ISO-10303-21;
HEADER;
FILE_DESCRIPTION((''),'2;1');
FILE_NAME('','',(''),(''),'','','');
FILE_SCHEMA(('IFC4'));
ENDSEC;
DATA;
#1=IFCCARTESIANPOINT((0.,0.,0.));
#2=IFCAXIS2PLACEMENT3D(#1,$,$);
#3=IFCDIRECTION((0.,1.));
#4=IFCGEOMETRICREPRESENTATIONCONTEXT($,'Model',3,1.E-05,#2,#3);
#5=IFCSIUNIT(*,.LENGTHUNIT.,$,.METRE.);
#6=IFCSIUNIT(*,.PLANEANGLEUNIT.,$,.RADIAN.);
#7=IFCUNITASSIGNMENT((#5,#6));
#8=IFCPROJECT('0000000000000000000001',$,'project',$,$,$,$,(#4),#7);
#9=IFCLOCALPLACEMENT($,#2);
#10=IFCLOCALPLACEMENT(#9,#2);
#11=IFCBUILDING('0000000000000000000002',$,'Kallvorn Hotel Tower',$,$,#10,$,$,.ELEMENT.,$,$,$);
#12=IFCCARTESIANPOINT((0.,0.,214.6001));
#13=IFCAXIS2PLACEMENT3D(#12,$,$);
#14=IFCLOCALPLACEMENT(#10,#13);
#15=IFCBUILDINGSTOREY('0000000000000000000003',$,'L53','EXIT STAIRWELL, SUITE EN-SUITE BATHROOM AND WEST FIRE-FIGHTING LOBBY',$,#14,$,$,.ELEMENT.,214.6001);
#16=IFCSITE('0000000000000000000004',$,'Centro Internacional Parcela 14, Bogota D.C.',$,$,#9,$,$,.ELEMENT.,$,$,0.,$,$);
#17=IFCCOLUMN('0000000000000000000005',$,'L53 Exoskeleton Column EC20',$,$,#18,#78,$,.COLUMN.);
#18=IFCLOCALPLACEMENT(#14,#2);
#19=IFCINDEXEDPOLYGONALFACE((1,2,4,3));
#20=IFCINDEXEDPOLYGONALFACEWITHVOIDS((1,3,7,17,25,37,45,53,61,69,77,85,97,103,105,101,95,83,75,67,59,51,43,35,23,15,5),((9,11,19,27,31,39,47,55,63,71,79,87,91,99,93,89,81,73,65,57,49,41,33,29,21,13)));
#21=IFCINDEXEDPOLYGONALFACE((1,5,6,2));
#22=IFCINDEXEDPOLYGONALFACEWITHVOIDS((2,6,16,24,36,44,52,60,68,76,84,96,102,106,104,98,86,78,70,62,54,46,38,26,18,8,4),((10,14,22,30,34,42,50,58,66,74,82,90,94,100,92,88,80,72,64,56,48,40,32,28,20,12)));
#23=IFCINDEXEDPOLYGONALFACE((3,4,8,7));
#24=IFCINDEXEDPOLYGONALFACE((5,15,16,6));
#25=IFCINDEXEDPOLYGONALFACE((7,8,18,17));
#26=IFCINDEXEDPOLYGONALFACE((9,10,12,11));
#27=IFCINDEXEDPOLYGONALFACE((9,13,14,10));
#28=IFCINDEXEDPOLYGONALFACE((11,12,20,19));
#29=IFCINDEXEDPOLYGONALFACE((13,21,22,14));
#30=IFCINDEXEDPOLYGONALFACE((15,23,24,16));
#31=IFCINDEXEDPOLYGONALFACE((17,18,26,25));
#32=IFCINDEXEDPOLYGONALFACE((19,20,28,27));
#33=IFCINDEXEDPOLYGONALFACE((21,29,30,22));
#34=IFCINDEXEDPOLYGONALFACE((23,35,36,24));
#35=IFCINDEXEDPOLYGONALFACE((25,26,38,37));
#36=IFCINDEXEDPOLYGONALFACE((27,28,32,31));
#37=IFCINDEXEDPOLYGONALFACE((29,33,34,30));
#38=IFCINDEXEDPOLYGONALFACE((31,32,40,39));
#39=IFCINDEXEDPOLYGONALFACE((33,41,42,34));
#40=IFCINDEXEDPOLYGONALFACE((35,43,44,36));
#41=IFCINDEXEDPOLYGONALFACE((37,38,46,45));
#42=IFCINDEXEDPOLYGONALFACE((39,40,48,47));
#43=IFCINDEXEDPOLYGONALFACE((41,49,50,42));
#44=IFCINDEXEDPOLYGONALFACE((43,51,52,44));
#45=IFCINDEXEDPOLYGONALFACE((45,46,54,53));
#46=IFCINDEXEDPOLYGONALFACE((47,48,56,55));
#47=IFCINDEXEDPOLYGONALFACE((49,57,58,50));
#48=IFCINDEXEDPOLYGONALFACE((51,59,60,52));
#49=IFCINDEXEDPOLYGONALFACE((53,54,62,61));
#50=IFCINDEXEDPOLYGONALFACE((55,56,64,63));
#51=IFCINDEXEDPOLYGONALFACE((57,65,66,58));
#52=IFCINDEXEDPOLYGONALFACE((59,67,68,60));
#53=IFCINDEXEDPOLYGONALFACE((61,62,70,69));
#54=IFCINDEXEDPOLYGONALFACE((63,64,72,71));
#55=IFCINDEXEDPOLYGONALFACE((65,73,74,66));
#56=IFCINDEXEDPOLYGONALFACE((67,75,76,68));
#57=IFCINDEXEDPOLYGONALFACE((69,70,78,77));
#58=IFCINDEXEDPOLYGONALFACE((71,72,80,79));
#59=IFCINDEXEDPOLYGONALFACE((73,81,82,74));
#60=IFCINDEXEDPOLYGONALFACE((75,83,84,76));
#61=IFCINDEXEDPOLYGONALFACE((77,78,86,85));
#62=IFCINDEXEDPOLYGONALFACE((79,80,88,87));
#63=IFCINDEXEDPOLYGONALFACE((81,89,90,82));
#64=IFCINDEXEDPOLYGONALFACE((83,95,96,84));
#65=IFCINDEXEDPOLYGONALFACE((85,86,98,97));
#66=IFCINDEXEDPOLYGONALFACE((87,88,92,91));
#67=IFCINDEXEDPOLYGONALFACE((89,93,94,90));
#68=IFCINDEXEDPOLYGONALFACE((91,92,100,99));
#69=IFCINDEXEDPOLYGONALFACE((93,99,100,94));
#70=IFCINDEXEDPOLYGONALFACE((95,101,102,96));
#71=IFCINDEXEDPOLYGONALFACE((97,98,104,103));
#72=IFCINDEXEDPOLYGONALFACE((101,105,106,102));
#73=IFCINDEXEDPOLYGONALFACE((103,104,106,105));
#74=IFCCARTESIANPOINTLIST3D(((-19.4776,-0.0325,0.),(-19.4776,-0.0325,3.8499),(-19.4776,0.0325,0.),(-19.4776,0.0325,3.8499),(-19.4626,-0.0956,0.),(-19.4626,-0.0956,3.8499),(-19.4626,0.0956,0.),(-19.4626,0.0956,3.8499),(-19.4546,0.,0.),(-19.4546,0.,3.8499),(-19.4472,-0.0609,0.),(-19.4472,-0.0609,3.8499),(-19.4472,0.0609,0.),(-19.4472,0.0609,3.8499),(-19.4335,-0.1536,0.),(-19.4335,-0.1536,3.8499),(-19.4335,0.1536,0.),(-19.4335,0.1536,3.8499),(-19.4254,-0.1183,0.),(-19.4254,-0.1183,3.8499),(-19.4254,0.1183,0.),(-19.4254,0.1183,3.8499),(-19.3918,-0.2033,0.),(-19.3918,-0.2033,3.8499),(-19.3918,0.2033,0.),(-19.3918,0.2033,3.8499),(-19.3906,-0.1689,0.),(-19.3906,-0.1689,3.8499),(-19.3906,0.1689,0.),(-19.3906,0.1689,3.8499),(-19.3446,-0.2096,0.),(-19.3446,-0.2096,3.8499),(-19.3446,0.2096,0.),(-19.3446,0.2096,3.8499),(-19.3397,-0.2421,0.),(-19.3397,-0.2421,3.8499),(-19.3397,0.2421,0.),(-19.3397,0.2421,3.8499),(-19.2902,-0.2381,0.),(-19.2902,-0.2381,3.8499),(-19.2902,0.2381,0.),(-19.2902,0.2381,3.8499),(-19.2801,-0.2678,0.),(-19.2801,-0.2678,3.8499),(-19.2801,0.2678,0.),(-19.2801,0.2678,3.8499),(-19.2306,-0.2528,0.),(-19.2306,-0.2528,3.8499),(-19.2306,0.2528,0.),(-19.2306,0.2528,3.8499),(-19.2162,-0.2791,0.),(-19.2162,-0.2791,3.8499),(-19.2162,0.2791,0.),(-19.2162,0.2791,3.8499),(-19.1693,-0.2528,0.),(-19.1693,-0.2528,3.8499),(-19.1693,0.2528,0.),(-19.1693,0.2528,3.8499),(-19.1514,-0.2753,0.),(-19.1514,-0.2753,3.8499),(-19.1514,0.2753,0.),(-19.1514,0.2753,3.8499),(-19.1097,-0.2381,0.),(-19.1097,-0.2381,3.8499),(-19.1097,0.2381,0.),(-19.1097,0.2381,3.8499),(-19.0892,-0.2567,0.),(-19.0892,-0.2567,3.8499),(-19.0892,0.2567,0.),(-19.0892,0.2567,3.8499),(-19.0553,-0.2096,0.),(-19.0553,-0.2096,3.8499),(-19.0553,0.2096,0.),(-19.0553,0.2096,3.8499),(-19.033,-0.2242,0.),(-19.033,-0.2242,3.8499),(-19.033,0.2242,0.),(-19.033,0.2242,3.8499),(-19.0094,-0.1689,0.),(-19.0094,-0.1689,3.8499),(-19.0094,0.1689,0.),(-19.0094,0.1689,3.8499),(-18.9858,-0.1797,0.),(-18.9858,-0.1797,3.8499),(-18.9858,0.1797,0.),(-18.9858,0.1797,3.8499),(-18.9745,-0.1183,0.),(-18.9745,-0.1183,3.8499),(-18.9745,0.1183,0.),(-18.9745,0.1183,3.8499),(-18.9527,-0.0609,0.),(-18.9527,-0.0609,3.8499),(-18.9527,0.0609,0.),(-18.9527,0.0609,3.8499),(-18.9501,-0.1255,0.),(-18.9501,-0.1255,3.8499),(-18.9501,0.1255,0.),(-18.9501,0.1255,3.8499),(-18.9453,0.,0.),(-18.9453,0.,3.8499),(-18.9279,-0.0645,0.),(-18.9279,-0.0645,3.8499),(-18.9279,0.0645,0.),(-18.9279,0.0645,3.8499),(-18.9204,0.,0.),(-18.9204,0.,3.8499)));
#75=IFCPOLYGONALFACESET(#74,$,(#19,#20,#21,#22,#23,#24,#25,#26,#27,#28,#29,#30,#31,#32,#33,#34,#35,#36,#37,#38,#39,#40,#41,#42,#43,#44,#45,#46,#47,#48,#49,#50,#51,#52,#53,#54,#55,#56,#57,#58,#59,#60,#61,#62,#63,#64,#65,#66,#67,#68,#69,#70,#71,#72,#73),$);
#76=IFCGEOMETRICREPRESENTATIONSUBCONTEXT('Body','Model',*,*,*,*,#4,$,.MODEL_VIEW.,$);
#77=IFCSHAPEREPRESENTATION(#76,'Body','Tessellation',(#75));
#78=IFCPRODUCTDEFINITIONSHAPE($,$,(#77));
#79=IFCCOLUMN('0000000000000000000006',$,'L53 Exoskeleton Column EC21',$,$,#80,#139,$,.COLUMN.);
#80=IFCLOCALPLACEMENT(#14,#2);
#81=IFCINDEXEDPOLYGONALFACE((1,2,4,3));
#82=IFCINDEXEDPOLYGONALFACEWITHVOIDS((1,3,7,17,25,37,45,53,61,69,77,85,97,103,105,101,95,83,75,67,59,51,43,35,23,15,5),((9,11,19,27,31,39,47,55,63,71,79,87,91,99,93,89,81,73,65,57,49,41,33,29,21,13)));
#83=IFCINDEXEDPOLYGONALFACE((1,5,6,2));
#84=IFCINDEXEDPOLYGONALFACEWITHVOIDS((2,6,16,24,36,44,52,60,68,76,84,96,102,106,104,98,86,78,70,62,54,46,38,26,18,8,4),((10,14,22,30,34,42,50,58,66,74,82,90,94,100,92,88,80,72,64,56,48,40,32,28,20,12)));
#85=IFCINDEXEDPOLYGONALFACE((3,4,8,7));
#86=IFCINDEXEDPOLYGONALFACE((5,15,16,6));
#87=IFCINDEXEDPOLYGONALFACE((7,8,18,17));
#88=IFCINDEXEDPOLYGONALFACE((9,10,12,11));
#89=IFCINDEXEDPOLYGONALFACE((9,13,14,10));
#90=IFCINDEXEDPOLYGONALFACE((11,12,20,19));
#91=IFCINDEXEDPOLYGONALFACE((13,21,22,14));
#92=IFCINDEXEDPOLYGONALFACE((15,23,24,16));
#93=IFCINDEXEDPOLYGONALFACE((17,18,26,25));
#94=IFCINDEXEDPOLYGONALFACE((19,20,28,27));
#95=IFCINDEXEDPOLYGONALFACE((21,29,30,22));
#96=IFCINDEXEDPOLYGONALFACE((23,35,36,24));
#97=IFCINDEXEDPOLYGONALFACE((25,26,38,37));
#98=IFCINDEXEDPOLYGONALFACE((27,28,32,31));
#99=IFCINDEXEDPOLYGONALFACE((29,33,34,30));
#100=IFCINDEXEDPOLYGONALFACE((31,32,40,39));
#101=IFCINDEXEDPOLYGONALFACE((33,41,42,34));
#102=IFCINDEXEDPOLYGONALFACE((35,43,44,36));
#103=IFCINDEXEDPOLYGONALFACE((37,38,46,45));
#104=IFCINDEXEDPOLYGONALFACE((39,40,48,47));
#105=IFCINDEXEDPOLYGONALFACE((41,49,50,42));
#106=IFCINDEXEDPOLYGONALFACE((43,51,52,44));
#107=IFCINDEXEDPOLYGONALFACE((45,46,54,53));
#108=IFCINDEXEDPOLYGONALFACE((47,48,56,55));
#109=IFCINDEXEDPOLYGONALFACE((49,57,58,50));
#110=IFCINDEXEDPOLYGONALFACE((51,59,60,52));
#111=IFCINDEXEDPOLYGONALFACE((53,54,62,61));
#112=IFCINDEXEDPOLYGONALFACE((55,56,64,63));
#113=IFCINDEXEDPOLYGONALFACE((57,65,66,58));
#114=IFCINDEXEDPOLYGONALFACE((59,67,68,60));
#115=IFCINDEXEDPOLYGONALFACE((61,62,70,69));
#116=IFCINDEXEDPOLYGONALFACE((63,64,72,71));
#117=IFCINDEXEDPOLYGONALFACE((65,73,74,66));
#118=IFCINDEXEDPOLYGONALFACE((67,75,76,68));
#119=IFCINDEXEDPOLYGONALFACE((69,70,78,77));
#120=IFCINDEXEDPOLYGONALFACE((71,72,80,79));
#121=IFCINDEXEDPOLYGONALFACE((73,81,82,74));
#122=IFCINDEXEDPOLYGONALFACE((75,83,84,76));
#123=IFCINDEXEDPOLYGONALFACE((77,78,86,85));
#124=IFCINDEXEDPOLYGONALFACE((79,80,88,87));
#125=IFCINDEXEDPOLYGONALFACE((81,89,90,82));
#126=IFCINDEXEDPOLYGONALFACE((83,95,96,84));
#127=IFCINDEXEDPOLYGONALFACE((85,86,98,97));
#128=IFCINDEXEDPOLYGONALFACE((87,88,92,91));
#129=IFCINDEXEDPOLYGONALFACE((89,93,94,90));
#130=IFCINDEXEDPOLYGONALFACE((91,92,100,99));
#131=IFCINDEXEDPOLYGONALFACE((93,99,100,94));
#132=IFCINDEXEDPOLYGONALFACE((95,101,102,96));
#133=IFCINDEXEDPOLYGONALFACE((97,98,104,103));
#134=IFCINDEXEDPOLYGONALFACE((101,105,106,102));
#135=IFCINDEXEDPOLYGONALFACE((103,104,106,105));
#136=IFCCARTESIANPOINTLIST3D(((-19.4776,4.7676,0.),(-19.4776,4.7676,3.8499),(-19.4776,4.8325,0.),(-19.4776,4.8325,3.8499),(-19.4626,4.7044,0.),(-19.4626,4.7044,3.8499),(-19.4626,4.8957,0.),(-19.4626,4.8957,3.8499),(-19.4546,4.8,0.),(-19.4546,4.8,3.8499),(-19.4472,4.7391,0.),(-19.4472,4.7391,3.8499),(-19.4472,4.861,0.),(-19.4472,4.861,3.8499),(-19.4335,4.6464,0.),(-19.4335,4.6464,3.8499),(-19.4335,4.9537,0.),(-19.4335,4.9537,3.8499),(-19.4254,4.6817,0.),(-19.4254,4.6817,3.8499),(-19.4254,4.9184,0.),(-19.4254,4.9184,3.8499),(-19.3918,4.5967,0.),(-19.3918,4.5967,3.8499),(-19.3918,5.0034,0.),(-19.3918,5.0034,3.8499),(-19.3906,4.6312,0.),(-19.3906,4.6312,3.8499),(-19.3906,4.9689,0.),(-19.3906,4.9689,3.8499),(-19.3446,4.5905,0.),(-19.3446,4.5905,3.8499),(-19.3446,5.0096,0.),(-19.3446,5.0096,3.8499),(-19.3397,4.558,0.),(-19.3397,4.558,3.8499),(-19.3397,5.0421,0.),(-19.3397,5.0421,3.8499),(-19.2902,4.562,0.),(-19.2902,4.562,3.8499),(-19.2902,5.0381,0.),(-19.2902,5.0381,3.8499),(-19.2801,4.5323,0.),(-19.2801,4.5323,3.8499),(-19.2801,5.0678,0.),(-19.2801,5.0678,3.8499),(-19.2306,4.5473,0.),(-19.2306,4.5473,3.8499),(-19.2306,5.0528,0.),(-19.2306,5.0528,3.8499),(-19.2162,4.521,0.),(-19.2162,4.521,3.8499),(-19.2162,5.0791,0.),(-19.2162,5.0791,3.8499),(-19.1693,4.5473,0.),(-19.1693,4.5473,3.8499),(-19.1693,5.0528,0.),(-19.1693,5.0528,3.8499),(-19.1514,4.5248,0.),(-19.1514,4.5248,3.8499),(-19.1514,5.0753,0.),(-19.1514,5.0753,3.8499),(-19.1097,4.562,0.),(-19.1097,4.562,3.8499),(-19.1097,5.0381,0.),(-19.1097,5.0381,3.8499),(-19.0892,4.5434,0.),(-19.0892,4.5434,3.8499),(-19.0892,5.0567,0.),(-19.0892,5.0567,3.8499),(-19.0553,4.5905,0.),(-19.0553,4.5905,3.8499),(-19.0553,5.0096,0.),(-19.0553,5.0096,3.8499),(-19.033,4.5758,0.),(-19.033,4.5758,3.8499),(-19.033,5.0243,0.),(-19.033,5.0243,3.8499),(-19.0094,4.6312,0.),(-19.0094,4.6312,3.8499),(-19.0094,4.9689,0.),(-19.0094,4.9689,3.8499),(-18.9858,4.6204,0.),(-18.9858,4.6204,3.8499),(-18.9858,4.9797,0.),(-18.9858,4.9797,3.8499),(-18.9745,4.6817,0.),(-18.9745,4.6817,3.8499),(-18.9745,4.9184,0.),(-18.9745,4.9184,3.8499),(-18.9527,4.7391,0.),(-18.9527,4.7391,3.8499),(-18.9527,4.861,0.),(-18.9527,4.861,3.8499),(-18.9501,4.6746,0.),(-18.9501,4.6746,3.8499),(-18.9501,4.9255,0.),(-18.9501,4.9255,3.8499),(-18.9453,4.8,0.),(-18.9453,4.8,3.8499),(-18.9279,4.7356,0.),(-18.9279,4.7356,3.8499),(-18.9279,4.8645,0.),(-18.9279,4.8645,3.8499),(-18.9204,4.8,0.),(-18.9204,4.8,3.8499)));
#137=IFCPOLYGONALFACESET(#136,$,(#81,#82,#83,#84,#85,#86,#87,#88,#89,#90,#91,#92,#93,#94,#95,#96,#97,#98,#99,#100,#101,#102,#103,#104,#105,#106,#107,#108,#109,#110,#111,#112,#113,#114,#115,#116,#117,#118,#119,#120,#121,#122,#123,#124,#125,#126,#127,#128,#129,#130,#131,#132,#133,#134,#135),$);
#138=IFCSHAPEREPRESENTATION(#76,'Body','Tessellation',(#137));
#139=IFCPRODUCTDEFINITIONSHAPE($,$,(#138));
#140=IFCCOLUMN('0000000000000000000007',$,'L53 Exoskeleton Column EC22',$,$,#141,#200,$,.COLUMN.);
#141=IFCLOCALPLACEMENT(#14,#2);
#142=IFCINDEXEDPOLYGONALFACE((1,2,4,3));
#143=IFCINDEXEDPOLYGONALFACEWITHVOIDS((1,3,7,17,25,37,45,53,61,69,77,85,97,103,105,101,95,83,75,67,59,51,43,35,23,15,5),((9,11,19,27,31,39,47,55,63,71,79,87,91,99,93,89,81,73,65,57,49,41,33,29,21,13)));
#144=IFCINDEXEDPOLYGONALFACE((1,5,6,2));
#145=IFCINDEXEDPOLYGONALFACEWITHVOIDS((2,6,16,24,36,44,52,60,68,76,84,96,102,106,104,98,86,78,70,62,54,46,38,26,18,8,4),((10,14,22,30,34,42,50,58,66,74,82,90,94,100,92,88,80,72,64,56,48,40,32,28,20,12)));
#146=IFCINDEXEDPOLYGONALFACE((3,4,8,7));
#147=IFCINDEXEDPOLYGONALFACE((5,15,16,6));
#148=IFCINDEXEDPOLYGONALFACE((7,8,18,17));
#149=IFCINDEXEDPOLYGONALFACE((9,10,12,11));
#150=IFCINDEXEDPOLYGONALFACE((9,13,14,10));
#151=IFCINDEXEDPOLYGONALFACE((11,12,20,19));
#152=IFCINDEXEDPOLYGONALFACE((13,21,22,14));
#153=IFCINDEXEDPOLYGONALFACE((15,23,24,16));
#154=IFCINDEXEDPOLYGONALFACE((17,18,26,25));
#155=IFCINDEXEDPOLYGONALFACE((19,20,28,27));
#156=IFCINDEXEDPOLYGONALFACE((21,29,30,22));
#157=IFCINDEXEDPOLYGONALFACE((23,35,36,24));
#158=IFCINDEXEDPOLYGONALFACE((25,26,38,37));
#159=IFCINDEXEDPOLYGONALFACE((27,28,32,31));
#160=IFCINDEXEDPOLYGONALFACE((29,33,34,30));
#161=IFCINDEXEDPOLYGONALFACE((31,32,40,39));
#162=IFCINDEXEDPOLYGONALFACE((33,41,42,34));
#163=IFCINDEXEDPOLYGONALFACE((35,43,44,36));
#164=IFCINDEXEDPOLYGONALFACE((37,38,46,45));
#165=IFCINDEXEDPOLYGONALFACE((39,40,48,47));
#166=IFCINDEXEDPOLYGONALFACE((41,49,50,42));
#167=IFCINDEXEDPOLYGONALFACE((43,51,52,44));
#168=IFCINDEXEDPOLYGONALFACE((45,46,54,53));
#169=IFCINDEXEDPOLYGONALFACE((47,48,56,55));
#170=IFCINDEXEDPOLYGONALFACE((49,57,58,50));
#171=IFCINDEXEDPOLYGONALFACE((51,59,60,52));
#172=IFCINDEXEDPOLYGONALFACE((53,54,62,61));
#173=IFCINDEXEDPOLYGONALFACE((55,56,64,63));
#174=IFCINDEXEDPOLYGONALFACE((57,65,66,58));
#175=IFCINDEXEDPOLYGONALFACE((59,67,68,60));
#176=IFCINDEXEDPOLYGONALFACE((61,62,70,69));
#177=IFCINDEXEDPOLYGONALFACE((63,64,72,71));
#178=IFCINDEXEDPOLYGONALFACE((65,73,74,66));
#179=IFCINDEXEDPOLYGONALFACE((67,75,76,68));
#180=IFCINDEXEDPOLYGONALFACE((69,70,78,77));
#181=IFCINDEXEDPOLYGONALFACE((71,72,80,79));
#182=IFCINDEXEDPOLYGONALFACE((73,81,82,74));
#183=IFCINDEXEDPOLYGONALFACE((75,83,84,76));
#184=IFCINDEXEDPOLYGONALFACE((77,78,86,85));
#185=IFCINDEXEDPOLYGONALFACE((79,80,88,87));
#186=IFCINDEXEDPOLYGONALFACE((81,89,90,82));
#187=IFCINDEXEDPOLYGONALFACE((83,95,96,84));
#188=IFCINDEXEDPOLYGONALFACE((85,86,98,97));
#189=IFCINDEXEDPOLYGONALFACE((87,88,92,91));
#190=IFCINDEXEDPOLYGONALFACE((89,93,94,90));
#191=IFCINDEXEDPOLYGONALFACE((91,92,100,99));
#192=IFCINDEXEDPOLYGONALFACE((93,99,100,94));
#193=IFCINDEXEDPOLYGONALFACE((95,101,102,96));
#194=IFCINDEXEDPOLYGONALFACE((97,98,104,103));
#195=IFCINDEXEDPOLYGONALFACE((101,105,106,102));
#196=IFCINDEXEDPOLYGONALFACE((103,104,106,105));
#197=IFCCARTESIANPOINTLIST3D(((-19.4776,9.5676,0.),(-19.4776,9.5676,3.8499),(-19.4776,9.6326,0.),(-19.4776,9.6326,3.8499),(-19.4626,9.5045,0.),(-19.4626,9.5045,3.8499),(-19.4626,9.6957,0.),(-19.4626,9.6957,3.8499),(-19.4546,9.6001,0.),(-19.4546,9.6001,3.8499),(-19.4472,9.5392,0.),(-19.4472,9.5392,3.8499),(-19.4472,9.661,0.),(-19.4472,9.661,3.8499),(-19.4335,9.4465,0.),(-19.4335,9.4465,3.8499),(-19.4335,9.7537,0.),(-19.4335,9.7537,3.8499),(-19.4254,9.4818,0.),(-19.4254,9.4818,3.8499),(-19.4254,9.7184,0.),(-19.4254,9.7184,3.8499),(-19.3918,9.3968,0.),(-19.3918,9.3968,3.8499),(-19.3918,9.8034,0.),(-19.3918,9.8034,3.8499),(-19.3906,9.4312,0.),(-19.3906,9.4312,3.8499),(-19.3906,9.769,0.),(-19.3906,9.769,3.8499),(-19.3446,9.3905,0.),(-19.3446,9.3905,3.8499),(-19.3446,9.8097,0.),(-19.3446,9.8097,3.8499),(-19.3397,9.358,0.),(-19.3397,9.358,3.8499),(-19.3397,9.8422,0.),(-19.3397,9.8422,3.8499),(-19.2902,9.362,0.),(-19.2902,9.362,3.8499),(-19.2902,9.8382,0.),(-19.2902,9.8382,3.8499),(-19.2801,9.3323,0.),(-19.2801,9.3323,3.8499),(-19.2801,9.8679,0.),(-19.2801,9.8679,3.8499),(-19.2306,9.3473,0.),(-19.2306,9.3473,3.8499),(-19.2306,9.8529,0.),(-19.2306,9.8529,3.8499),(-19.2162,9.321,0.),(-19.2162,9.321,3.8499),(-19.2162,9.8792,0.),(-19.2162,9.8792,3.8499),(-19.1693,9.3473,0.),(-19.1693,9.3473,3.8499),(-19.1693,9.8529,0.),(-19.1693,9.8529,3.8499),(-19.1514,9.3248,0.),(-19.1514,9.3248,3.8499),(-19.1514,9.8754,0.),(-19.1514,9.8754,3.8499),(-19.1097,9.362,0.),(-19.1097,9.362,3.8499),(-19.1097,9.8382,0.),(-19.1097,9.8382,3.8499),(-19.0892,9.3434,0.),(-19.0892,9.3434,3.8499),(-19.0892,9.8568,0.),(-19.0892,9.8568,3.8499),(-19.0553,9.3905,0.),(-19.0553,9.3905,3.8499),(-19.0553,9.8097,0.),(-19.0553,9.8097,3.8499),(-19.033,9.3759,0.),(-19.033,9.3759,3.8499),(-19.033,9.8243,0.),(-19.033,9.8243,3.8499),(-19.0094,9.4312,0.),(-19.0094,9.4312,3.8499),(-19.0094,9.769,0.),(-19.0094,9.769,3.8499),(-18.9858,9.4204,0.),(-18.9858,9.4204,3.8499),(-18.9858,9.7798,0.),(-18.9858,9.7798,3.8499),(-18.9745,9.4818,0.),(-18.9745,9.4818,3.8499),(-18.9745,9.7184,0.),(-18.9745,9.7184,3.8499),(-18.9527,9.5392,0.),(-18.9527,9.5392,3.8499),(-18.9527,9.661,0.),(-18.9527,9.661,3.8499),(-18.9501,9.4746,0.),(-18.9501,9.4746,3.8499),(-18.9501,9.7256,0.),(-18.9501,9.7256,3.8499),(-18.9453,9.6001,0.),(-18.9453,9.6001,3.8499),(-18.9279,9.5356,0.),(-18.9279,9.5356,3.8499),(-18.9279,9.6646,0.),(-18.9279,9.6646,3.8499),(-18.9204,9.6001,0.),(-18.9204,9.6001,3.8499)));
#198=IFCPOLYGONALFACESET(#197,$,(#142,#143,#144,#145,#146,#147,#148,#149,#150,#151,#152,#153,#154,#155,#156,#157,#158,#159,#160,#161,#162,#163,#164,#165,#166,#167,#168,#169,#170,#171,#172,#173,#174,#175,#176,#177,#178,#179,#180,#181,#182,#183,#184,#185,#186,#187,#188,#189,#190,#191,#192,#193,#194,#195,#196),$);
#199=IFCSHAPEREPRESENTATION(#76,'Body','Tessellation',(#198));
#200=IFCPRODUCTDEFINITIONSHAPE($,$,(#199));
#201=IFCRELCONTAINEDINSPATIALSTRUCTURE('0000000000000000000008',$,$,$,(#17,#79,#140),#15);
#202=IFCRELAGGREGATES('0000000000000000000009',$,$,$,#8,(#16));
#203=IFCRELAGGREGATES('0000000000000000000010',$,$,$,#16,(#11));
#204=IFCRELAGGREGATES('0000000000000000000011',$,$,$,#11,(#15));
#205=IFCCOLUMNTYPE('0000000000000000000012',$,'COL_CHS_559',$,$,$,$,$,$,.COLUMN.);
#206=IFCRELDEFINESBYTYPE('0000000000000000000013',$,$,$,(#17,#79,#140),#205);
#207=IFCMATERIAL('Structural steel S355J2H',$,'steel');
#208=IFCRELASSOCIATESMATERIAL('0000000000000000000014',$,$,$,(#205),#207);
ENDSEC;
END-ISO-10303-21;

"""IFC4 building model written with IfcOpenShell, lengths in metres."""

from ifc_helpers import new_model, si_unit, direction, frame, origin, origin_2d, place, context, subcontext, project, spatial, hollow_circle, extrude, material, material_profile, profile_set, type_object, element, save


model = new_model("IFC4")

# Units and contexts
model_context = context("Model", 3, precision=1e-05, world=origin(), true_north=direction((0.0, 1.0)))
body_context = subcontext(model_context, "Body", "Model", "MODEL_VIEW")
ifc_project = project(units=[si_unit("LENGTHUNIT", "METRE"), si_unit("PLANEANGLEUNIT", "RADIAN")], contexts=[model_context])

# Site, building, storey
site_placement = place(None, origin())
site = spatial("IfcSite", under=ifc_project, at=site_placement, Name="Centro Internacional Parcela 14, Bogota D.C.", CompositionType="ELEMENT", RefElevation=0.0)
building_placement = place(site_placement, origin())
building = spatial("IfcBuilding", under=site, at=building_placement, Name="Kallvorn Hotel Tower", CompositionType="ELEMENT")
storey_placement = place(building_placement, frame((0.0, 0.0, 214.6001)))
storey = spatial("IfcBuildingStorey", under=building, at=storey_placement, Name="L53", Description="EXIT STAIRWELL, SUITE EN-SUITE BATHROOM AND WEST FIRE-FIGHTING LOBBY", CompositionType="ELEMENT", Elevation=214.6001)

# Columns
ifc_material_1 = material(Name="Structural steel S355J2H", Category="steel")
ifc_material_profile_1 = material_profile(ifc_material_1, hollow_circle(Radius=0.2795, WallThickness=0.0249, at=origin_2d()), Name="CHS 559x25")
ifc_profile_set_1 = profile_set([ifc_material_profile_1], Name="Structural steel S355J2H")
column_type_1 = type_object("IfcColumnType", Name="COL_CHS_559", PredefinedType="COLUMN", material=ifc_profile_set_1)
for number, where, z_axis, x_axis, name in (
    (1, (-19.2, 0.0, 0.0), (0.0, 0.0, 1.0), (1.0, 0.0, 0.0), "L53 Exoskeleton Column EC20"),
    (2, (-19.2, 4.8, 0.0), (0.0, 0.0, 1.0), (1.0, 0.0, 0.0), "L53 Exoskeleton Column EC21"),
    (3, (-19.2, 9.6001, 0.0), (0.0, 0.0, 1.0), (1.0, 0.0, 0.0), "L53 Exoskeleton Column EC22"),
):
    element("IfcColumn", number, at=place(storey_placement, frame(where, z_axis=z_axis, x_axis=x_axis)), inside=storey, type_object=column_type_1, Name=name, PredefinedType="COLUMN", context=body_context, shape_type="SweptSolid", body=[
        extrude(hollow_circle(Radius=0.2795, WallThickness=0.0249, at=origin_2d()), origin(), (0.0, 0.0, 1.0), 3.8499),
    ])

save(model, "model.ifc")
